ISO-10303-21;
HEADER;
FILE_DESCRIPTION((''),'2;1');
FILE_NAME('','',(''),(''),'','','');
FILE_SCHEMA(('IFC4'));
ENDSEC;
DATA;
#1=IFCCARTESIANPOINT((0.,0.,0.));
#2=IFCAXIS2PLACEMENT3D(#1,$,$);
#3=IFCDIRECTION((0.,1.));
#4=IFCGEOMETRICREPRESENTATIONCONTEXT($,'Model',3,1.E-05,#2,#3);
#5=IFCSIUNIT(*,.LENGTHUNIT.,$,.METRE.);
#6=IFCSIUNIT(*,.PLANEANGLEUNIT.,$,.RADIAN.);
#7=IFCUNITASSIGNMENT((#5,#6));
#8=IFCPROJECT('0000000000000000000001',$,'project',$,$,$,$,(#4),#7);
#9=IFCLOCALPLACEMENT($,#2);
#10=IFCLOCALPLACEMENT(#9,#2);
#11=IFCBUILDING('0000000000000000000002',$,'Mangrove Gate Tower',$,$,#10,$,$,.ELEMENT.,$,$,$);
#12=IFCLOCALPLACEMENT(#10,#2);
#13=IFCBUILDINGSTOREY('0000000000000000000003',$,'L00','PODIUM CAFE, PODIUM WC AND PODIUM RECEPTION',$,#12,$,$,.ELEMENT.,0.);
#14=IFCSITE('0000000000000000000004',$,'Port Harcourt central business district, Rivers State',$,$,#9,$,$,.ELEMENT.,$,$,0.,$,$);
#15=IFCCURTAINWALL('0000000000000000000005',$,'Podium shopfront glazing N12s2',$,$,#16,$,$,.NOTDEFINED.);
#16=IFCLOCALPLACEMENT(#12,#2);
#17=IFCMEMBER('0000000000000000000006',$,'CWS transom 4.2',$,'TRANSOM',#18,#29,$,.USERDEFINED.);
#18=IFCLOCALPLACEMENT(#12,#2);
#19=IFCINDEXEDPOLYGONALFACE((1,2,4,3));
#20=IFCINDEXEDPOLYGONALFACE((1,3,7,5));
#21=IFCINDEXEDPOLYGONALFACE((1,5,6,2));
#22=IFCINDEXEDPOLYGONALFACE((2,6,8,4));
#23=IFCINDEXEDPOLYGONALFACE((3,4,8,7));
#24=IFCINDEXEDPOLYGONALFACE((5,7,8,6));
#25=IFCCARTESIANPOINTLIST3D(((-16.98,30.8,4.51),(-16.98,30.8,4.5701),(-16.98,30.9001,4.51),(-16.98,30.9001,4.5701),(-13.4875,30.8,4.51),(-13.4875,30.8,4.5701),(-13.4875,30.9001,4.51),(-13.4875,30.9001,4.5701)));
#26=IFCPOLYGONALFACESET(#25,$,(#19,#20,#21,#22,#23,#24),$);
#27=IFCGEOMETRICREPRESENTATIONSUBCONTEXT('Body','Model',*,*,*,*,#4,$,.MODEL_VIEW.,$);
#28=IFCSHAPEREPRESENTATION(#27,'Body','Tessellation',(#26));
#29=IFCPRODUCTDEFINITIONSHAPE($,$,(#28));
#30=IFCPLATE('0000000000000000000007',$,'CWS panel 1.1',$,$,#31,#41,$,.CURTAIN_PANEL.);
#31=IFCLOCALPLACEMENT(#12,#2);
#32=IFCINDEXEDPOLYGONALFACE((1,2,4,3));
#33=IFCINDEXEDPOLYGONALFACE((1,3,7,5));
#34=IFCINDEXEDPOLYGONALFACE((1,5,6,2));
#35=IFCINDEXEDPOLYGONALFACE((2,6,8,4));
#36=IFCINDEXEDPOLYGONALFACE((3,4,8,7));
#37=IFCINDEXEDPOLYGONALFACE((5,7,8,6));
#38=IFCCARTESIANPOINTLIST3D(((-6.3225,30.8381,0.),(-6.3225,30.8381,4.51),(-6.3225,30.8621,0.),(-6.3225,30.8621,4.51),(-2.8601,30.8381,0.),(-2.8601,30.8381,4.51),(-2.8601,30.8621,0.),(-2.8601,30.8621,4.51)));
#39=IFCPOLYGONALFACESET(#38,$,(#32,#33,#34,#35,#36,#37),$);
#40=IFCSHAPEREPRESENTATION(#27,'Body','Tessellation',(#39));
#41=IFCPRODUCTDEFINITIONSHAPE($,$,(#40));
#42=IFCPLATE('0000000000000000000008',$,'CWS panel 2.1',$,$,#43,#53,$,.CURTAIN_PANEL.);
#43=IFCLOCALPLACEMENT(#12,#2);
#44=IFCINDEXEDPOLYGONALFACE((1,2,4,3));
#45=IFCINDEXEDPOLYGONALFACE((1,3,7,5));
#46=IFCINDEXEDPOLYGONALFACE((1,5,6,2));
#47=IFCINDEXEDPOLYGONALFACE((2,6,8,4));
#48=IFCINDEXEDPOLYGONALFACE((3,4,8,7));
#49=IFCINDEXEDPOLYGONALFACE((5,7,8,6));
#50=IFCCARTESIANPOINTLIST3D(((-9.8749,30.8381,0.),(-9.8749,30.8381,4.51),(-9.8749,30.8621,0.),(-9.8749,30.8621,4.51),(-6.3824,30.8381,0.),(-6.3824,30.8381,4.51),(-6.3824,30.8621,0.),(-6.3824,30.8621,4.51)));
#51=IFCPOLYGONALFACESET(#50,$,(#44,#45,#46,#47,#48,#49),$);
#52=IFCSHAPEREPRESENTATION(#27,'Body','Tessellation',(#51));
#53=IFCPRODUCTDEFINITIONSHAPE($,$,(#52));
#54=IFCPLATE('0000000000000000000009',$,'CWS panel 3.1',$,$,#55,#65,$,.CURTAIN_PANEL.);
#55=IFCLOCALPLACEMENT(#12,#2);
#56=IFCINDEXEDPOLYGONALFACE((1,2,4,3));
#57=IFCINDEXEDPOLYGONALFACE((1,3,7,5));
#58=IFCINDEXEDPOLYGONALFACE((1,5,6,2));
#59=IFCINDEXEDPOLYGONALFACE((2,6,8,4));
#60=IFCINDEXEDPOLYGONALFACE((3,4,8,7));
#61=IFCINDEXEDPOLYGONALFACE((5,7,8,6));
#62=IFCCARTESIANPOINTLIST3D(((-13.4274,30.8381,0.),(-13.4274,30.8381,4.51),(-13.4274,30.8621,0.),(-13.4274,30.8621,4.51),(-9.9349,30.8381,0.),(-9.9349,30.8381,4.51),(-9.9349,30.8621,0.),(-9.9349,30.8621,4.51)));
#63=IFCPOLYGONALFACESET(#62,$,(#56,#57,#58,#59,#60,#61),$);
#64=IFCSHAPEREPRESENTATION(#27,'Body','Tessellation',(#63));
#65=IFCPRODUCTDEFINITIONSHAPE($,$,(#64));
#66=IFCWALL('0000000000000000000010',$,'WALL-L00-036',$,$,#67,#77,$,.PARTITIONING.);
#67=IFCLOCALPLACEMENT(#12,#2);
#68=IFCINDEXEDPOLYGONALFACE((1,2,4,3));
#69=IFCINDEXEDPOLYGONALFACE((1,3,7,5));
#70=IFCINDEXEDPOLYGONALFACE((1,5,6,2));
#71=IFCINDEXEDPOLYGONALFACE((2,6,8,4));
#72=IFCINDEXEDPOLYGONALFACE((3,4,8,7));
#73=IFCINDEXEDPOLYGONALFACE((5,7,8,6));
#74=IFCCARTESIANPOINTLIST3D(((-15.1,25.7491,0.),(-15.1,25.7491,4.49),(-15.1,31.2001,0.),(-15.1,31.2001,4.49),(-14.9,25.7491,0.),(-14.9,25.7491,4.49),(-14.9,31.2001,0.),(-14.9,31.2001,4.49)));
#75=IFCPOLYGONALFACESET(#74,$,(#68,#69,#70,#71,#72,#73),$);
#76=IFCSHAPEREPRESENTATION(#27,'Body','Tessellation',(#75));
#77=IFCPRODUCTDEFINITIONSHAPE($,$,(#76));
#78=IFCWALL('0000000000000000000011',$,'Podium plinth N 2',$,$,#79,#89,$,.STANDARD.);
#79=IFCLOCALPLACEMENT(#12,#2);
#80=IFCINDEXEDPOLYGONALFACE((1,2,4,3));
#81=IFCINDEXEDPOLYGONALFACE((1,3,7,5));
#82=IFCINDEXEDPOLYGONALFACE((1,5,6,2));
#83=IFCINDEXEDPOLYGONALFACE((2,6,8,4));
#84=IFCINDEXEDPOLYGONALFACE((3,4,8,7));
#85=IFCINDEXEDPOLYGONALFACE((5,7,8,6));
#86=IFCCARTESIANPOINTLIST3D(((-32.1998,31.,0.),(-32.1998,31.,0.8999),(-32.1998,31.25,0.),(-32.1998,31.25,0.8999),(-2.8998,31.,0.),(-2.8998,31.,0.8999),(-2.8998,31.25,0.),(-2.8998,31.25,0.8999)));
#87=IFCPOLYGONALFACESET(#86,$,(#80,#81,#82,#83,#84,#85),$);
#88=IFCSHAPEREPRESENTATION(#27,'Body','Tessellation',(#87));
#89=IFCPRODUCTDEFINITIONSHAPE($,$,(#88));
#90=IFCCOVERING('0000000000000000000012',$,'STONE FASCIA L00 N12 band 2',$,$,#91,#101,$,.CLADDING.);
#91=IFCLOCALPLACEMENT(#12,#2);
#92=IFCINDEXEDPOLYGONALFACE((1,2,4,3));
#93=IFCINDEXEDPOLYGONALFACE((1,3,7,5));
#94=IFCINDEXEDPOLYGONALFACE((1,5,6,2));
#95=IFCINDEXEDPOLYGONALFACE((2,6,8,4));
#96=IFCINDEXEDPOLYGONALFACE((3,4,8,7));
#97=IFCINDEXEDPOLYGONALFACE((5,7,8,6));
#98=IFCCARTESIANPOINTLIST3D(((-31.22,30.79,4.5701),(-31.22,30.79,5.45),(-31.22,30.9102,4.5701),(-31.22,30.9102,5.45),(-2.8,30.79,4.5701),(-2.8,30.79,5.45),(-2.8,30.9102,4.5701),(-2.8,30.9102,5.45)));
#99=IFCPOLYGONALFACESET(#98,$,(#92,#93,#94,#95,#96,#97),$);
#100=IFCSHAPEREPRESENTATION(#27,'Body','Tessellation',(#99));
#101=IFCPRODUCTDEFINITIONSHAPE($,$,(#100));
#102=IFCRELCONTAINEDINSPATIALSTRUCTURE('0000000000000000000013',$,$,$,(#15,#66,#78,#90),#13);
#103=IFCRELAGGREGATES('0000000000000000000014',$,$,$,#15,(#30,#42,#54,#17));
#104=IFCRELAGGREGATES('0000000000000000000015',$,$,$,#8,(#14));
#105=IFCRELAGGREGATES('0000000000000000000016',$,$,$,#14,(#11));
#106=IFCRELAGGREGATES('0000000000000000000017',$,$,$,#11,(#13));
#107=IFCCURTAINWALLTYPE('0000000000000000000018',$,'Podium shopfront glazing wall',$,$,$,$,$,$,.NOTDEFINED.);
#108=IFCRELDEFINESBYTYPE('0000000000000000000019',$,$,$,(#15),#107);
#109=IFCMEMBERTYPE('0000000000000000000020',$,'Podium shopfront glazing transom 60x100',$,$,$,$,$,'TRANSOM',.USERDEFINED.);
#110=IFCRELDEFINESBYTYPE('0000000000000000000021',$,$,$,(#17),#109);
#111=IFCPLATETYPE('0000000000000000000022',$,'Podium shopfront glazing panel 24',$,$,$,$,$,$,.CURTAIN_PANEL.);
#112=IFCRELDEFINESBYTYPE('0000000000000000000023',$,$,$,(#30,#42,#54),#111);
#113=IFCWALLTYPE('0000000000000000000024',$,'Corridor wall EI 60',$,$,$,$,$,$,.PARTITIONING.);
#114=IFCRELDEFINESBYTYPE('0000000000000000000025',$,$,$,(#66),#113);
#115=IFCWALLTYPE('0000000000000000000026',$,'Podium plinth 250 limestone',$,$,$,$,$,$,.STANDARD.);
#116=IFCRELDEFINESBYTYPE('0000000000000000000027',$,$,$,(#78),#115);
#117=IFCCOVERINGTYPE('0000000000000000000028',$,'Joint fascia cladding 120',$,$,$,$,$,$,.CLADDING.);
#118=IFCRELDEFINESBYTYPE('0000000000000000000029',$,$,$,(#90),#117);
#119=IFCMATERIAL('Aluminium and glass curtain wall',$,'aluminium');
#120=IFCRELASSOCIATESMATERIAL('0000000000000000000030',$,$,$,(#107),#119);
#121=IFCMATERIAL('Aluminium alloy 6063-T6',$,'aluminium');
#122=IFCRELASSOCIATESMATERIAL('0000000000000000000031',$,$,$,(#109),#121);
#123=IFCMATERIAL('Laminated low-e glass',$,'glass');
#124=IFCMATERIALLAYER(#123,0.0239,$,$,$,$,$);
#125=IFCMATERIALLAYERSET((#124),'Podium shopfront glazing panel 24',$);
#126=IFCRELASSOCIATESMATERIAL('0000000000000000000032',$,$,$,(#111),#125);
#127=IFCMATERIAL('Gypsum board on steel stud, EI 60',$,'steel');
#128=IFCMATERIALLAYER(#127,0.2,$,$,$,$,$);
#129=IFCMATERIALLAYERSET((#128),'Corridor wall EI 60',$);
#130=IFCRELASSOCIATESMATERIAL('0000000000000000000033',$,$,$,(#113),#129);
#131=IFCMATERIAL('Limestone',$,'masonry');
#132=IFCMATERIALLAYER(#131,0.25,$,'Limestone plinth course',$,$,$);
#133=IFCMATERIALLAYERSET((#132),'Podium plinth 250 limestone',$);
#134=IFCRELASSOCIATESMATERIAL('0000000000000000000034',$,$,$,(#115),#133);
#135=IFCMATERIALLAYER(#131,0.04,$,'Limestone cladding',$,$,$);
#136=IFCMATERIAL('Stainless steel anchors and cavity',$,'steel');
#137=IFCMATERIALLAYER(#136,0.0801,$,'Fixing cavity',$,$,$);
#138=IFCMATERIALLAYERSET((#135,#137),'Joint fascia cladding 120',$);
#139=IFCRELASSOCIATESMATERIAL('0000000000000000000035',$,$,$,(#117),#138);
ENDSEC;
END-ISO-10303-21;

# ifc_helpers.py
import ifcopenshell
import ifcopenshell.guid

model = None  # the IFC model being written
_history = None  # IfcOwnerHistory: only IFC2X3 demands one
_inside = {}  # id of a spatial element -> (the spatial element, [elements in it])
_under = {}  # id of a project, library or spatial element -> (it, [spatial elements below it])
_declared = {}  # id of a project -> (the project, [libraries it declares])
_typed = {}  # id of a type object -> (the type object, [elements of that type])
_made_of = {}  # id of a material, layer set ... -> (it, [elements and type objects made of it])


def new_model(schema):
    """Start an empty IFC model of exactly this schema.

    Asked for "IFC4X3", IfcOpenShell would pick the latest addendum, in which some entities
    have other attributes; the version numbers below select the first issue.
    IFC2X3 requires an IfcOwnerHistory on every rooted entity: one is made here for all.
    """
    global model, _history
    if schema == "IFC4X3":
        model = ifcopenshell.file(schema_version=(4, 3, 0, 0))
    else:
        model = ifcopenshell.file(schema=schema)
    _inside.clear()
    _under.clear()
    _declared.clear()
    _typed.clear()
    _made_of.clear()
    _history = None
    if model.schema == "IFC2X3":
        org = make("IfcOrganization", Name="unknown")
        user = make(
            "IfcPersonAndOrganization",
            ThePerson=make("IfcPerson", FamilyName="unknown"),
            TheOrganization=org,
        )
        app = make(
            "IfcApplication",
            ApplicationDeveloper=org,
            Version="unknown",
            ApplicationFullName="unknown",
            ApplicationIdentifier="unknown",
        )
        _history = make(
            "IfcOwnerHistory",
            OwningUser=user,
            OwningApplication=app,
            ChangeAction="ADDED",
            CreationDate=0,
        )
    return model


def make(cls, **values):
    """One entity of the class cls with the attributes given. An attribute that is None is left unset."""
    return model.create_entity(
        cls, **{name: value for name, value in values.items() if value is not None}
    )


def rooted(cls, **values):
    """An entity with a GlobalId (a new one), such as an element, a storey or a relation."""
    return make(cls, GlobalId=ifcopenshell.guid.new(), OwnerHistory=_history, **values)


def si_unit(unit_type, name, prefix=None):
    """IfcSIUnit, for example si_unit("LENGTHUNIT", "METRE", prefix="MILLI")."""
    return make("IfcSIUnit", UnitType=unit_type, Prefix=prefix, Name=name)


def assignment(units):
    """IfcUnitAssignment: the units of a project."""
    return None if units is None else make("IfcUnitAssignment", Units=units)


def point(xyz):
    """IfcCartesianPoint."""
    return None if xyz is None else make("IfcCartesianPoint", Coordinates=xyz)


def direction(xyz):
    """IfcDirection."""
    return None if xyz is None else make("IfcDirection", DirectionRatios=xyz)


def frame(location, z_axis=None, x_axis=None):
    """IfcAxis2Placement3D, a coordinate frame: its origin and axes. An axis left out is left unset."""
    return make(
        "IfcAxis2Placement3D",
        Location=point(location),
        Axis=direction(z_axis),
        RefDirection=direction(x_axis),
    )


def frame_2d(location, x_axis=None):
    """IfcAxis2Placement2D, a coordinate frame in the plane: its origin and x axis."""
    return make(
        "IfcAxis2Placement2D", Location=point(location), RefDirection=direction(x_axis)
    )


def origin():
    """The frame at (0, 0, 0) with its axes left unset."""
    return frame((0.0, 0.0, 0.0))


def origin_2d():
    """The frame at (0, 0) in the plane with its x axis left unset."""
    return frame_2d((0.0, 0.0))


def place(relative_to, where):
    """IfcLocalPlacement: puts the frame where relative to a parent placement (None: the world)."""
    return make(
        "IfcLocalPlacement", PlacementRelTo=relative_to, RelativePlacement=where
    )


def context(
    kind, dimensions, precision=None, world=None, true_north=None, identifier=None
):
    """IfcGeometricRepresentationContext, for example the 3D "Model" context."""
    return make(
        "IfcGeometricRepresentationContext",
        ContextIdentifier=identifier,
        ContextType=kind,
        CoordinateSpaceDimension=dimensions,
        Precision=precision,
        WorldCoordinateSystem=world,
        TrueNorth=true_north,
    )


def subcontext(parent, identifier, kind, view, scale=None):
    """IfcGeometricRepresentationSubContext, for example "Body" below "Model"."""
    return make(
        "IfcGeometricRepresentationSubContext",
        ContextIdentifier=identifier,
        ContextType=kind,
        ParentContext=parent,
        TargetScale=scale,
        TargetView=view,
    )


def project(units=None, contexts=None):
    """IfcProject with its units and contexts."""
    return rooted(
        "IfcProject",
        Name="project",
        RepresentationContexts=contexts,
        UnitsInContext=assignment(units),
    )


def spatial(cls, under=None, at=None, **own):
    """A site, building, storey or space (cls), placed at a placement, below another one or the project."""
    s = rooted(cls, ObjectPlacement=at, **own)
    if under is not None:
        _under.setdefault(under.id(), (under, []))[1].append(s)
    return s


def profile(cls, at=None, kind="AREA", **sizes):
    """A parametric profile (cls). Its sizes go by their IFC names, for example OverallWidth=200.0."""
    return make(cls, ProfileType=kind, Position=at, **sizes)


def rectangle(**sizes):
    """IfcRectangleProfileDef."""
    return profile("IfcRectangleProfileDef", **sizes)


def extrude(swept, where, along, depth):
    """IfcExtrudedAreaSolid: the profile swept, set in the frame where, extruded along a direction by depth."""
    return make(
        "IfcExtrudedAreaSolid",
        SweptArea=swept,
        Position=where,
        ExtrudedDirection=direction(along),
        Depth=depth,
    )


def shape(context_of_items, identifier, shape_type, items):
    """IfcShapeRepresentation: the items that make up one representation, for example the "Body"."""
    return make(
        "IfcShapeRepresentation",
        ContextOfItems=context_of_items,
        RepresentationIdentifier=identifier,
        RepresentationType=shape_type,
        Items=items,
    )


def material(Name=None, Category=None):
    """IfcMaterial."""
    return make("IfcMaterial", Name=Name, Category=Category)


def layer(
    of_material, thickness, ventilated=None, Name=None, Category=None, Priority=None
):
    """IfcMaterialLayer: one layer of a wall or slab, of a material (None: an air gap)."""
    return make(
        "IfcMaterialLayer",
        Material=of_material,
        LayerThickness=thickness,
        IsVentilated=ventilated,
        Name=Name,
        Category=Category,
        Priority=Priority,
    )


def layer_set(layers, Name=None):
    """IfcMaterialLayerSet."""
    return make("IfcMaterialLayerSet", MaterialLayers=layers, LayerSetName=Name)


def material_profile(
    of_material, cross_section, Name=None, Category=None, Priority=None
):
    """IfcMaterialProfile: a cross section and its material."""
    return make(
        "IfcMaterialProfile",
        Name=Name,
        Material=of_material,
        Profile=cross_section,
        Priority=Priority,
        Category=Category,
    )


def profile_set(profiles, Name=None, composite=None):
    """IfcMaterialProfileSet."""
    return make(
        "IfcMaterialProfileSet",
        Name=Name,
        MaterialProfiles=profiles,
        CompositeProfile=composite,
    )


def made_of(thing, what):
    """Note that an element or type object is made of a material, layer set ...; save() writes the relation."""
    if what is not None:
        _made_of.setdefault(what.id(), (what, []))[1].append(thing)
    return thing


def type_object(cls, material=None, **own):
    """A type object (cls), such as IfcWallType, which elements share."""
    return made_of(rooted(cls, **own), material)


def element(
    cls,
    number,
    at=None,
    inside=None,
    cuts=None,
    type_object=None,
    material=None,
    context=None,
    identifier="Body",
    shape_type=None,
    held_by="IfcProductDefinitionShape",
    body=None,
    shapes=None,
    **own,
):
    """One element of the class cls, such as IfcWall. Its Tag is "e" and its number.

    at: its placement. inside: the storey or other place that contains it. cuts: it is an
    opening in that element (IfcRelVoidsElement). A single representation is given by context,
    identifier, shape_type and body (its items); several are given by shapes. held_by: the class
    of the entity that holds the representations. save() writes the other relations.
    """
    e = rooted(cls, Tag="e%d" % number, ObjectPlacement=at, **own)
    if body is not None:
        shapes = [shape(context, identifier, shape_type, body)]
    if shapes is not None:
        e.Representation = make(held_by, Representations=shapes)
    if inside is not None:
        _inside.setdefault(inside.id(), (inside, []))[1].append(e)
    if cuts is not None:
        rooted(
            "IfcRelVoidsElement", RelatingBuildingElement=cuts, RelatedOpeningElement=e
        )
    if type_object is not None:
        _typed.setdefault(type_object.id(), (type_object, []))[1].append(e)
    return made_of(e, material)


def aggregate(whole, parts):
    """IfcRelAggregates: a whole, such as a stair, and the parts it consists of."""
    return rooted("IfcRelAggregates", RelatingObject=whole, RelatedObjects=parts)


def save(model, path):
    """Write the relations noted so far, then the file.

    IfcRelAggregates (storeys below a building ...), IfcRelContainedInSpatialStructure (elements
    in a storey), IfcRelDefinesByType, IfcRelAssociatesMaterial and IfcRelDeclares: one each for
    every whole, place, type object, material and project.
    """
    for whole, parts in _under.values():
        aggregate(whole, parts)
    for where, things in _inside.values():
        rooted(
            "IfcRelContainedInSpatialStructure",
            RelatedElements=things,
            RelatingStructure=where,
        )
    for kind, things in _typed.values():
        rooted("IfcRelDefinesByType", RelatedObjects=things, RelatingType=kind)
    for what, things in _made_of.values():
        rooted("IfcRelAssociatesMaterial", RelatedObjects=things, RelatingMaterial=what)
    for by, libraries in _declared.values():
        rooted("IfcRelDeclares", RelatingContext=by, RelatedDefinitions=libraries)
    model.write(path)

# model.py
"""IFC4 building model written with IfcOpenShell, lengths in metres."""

from ifc_helpers import new_model, si_unit, direction, frame, frame_2d, origin, origin_2d, place, context, subcontext, project, spatial, rectangle, extrude, material, layer, layer_set, material_profile, profile_set, type_object, element, aggregate, save


model = new_model("IFC4")

# Units and contexts
model_context = context("Model", 3, precision=1e-05, world=origin(), true_north=direction((0.0, 1.0)))
body_context = subcontext(model_context, "Body", "Model", "MODEL_VIEW")
ifc_project = project(units=[si_unit("LENGTHUNIT", "METRE"), si_unit("PLANEANGLEUNIT", "RADIAN")], contexts=[model_context])

# Site, building, storey
site_placement = place(None, origin())
site = spatial("IfcSite", under=ifc_project, at=site_placement, Name="Port Harcourt central business district, Rivers State", CompositionType="ELEMENT", RefElevation=0.0)
building_placement = place(site_placement, origin())
building = spatial("IfcBuilding", under=site, at=building_placement, Name="Mangrove Gate Tower", CompositionType="ELEMENT")
storey_placement = place(building_placement, origin())
storey = spatial("IfcBuildingStorey", under=building, at=storey_placement, Name="L00", Description="PODIUM CAFE, PODIUM WC AND PODIUM RECEPTION", CompositionType="ELEMENT", Elevation=0.0)

# Curtain wall, member, plates
ifc_material_1 = material(Name="Aluminium and glass curtain wall", Category="aluminium")
curtain_wall_type = type_object("IfcCurtainWallType", Name="Podium shopfront glazing wall", PredefinedType="NOTDEFINED", material=ifc_material_1)
curtain_wall_placement = place(storey_placement, origin())
curtain_wall = element("IfcCurtainWall", 1, at=curtain_wall_placement, inside=storey, type_object=curtain_wall_type, Name="Podium shopfront glazing N12s2", PredefinedType="NOTDEFINED")
ifc_material_2 = material(Name="Aluminium alloy 6063-T6", Category="aluminium")
ifc_material_profile_1 = material_profile(ifc_material_2, rectangle(XDim=0.0601, YDim=0.1001, at=origin_2d()))
ifc_profile_set_1 = profile_set([ifc_material_profile_1], Name="Aluminium alloy 6063-T6")
member_type_1 = type_object("IfcMemberType", Name="Podium shopfront glazing transom 60x100", ElementType="TRANSOM", PredefinedType="USERDEFINED", material=ifc_profile_set_1)
member_1_placement = place(storey_placement, frame((-13.4875, 30.8501, 4.54), z_axis=(-1.0, 0.0, 0.0), x_axis=(0.0, 0.0, 1.0)))
member_1 = element("IfcMember", 2, at=member_1_placement, type_object=member_type_1, Name="CWS transom 4.2", ObjectType="TRANSOM", PredefinedType="USERDEFINED", context=body_context, shape_type="SweptSolid", body=[
    extrude(rectangle(XDim=0.0601, YDim=0.1001, at=origin_2d()), origin(), (0.0, 0.0, 1.0), 3.4924),
])
ifc_material_3 = material(Name="Laminated low-e glass", Category="glass")
ifc_layer_1 = layer(ifc_material_3, 0.0239)
ifc_layer_set_1 = layer_set([ifc_layer_1], Name="Podium shopfront glazing panel 24")
plate_type = type_object("IfcPlateType", Name="Podium shopfront glazing panel 24", PredefinedType="CURTAIN_PANEL", material=ifc_layer_set_1)
plate_1_placement = place(storey_placement, frame((-4.5913, 30.8501, 0.0), z_axis=(0.0, 0.0, 1.0), x_axis=(-1.0, 0.0, 0.0)))
plate_1 = element("IfcPlate", 3, at=plate_1_placement, type_object=plate_type, Name="CWS panel 1.1", PredefinedType="CURTAIN_PANEL", context=body_context, shape_type="SweptSolid", body=[
    extrude(rectangle(XDim=3.4624, YDim=0.0239, at=origin_2d()), origin(), (0.0, 0.0, 1.0), 4.51),
])
plate_2_placement = place(storey_placement, frame((-8.1287, 30.8501, 0.0), z_axis=(0.0, 0.0, 1.0), x_axis=(-1.0, 0.0, 0.0)))
plate_2 = element("IfcPlate", 4, at=plate_2_placement, type_object=plate_type, Name="CWS panel 2.1", PredefinedType="CURTAIN_PANEL", context=body_context, shape_type="SweptSolid", body=[
    extrude(rectangle(XDim=3.4924, YDim=0.0239, at=origin_2d()), origin(), (0.0, 0.0, 1.0), 4.51),
])
plate_3_placement = place(storey_placement, frame((-11.6812, 30.8501, 0.0), z_axis=(0.0, 0.0, 1.0), x_axis=(-1.0, 0.0, 0.0)))
plate_3 = element("IfcPlate", 5, at=plate_3_placement, type_object=plate_type, Name="CWS panel 3.1", PredefinedType="CURTAIN_PANEL", context=body_context, shape_type="SweptSolid", body=[
    extrude(rectangle(XDim=3.4924, YDim=0.0239, at=origin_2d()), origin(), (0.0, 0.0, 1.0), 4.51),
])
aggregate(curtain_wall, [plate_1, plate_2, plate_3, member_1])

# Walls
ifc_material_4 = material(Name="Gypsum board on steel stud, EI 60", Category="steel")
ifc_layer_2 = layer(ifc_material_4, 0.2)
ifc_layer_set_2 = layer_set([ifc_layer_2], Name="Corridor wall EI 60")
wall_type_1 = type_object("IfcWallType", Name="Corridor wall EI 60", PredefinedType="PARTITIONING", material=ifc_layer_set_2)
wall_1_placement = place(storey_placement, frame((-15.0, 25.749, 0.0), z_axis=(0.0, 0.0, 1.0), x_axis=(0.0, 1.0, 0.0)))
element("IfcWall", 6, at=wall_1_placement, inside=storey, type_object=wall_type_1, Name="WALL-L00-036", PredefinedType="PARTITIONING", context=body_context, shape_type="SweptSolid", body=[
    extrude(rectangle(XDim=5.4509, YDim=0.2, at=frame_2d((2.7256, 0.0))), origin(), (0.0, 0.0, 1.0), 4.49),
])
ifc_material_5 = material(Name="Limestone", Category="masonry")
ifc_layer_3 = layer(ifc_material_5, 0.25, Name="Limestone plinth course")
ifc_layer_set_3 = layer_set([ifc_layer_3], Name="Podium plinth 250 limestone")
wall_type_2 = type_object("IfcWallType", Name="Podium plinth 250 limestone", PredefinedType="STANDARD", material=ifc_layer_set_3)
wall_2_placement = place(storey_placement, frame((-2.8999, 31.125, 0.0), z_axis=(0.0, 0.0, 1.0), x_axis=(-1.0, 0.0, 0.0)))
element("IfcWall", 7, at=wall_2_placement, inside=storey, type_object=wall_type_2, Name="Podium plinth N 2", PredefinedType="STANDARD", context=body_context, shape_type="SweptSolid", body=[
    extrude(rectangle(XDim=29.3, YDim=0.25, at=frame_2d((14.6499, 0.0))), origin(), (0.0, 0.0, 1.0), 0.8999),
])

# Covering
ifc_layer_4 = layer(ifc_material_5, 0.04, Name="Limestone cladding")
ifc_material_6 = material(Name="Stainless steel anchors and cavity", Category="steel")
ifc_layer_5 = layer(ifc_material_6, 0.0801, Name="Fixing cavity")
ifc_layer_set_4 = layer_set([ifc_layer_4, ifc_layer_5], Name="Joint fascia cladding 120")
covering_type = type_object("IfcCoveringType", Name="Joint fascia cladding 120", PredefinedType="CLADDING", material=ifc_layer_set_4)
covering_placement = place(storey_placement, frame((-2.8, 30.8501, 4.5701), z_axis=(0.0, 0.0, 1.0), x_axis=(-1.0, 0.0, 0.0)))
element("IfcCovering", 8, at=covering_placement, inside=storey, type_object=covering_type, Name="STONE FASCIA L00 N12 band 2", PredefinedType="CLADDING", context=body_context, shape_type="SweptSolid", body=[
    extrude(rectangle(XDim=28.4199, YDim=0.1201, at=frame_2d((14.21, 0.0))), origin(), (0.0, 0.0, 1.0), 0.8799),
])

save(model, "model.ifc")
